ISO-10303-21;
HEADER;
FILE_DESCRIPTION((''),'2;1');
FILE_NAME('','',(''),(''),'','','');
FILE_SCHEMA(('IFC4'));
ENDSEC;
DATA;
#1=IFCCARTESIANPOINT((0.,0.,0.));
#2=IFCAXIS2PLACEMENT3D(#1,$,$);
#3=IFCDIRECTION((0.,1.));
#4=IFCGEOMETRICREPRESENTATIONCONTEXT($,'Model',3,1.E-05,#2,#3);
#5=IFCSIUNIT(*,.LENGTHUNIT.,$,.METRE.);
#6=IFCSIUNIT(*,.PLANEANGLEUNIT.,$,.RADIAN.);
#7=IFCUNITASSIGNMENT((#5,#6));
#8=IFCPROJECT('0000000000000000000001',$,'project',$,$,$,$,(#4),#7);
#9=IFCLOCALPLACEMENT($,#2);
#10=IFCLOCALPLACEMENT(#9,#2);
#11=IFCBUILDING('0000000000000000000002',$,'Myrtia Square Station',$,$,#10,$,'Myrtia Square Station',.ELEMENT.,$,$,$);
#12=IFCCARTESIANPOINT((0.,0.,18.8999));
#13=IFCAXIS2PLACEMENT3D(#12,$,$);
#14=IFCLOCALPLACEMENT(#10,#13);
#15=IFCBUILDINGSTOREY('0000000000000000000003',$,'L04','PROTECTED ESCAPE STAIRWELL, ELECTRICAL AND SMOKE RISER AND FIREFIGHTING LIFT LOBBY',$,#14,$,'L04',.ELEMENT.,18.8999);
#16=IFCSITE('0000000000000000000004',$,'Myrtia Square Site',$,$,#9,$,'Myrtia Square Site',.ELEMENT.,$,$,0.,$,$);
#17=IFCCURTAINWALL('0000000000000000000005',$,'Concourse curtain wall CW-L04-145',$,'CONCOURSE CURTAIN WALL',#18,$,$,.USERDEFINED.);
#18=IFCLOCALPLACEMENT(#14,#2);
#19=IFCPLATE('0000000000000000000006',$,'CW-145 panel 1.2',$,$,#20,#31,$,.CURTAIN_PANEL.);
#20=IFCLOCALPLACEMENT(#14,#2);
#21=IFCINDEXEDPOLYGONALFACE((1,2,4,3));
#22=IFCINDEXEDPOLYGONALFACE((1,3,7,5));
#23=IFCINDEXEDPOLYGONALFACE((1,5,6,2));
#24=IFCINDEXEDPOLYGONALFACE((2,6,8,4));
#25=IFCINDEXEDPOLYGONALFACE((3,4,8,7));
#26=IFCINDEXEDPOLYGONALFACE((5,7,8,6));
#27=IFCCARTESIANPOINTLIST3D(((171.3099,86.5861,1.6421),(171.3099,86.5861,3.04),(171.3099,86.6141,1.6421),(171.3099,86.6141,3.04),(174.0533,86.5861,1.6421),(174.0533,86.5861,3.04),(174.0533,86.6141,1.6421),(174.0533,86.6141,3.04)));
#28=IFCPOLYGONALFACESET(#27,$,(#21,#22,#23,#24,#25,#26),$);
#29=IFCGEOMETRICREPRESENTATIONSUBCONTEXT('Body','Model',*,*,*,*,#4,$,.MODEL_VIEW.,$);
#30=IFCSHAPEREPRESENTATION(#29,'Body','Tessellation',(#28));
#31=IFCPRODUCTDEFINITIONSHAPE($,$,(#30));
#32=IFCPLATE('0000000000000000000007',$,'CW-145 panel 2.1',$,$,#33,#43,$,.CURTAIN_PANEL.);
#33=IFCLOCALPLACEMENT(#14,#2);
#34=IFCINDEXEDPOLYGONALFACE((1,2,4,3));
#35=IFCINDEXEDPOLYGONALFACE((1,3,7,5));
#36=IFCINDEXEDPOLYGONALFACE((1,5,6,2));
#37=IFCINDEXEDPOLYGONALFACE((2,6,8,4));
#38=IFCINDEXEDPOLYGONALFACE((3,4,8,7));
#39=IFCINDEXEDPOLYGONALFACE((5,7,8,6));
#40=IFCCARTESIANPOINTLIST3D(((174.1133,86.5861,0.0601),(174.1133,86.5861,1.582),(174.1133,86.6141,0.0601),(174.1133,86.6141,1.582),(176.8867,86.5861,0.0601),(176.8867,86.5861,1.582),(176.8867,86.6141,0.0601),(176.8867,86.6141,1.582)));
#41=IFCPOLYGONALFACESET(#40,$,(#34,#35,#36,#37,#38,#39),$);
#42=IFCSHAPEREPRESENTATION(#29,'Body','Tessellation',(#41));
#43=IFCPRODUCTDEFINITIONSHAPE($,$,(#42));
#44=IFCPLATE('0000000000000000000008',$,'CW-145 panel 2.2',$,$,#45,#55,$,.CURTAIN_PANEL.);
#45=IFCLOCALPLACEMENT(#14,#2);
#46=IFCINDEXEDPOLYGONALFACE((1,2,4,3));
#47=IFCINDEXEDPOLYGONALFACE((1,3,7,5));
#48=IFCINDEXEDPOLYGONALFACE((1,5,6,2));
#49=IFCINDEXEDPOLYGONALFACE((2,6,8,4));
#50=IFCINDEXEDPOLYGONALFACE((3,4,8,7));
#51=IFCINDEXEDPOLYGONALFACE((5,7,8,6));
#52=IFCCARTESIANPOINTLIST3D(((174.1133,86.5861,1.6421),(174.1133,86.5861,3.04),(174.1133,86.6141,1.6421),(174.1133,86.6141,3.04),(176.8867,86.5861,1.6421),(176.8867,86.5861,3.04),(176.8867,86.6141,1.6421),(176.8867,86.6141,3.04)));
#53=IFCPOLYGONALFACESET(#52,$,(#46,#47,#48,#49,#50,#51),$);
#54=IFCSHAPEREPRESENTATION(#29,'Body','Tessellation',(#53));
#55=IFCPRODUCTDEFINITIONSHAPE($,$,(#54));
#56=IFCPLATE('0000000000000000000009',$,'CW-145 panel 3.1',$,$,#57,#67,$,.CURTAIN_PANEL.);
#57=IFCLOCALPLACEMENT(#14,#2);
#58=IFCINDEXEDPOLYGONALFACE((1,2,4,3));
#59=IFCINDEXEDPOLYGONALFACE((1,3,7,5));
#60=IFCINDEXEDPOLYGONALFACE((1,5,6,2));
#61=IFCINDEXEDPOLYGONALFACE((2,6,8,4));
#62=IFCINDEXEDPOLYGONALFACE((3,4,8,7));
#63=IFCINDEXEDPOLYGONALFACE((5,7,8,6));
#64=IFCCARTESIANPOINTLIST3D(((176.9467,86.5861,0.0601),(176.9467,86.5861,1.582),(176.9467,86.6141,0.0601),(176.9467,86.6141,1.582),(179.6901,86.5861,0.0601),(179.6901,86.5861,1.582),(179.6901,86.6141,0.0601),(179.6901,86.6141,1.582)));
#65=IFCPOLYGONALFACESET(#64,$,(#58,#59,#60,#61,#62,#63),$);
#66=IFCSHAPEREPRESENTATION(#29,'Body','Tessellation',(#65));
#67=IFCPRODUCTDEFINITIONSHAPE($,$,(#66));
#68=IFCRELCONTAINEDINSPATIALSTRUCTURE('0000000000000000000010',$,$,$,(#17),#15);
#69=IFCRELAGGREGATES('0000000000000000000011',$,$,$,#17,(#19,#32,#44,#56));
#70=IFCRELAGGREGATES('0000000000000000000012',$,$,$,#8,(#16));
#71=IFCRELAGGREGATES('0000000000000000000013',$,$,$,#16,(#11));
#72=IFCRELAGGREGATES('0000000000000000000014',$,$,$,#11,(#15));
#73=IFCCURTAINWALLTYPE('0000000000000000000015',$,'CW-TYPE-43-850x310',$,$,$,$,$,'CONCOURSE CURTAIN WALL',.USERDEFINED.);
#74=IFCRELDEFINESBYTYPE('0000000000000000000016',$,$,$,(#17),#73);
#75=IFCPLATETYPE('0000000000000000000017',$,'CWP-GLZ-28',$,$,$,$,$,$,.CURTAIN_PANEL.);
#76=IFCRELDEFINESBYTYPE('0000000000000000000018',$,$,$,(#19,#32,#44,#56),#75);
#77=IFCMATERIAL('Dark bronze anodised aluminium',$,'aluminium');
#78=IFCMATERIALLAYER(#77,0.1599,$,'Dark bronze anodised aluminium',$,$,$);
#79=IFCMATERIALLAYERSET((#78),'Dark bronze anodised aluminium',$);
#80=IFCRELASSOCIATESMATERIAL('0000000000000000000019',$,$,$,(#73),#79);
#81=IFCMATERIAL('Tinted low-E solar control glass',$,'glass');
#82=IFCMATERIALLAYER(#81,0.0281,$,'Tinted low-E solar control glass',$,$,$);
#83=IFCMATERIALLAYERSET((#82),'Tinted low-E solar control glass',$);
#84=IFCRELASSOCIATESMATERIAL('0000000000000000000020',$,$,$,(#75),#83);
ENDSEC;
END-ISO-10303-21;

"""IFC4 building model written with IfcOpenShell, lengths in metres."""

from ifc_helpers import new_model, si_unit, direction, frame, origin, origin_2d, place, context, subcontext, project, spatial, rectangle, extrude, material, layer, layer_set, type_object, element, aggregate, save


model = new_model("IFC4")

# Units and contexts
model_context = context("Model", 3, precision=1e-05, world=origin(), true_north=direction((0.0, 1.0)))
body_context = subcontext(model_context, "Body", "Model", "MODEL_VIEW")
ifc_project = project(units=[si_unit("LENGTHUNIT", "METRE"), si_unit("PLANEANGLEUNIT", "RADIAN")], contexts=[model_context])

# Site, building, storey
site_placement = place(None, origin())
site = spatial("IfcSite", under=ifc_project, at=site_placement, Name="Myrtia Square Site", LongName="Myrtia Square Site", CompositionType="ELEMENT", RefElevation=0.0)
building_placement = place(site_placement, origin())
building = spatial("IfcBuilding", under=site, at=building_placement, Name="Myrtia Square Station", LongName="Myrtia Square Station", CompositionType="ELEMENT")
storey_placement = place(building_placement, frame((0.0, 0.0, 18.8999)))
storey = spatial("IfcBuildingStorey", under=building, at=storey_placement, Name="L04", Description="PROTECTED ESCAPE STAIRWELL, ELECTRICAL AND SMOKE RISER AND FIREFIGHTING LIFT LOBBY", LongName="L04", CompositionType="ELEMENT", Elevation=18.8999)

# Shared definitions
ifc_material_1 = material(Name="Dark bronze anodised aluminium", Category="aluminium")
ifc_layer_1 = layer(ifc_material_1, 0.1599, Name="Dark bronze anodised aluminium")
ifc_layer_set_1 = layer_set([ifc_layer_1], Name="Dark bronze anodised aluminium")
curtain_wall_type = type_object("IfcCurtainWallType", Name="CW-TYPE-43-850x310", ElementType="CONCOURSE CURTAIN WALL", PredefinedType="USERDEFINED", material=ifc_layer_set_1)

# Curtain wall, plates
curtain_wall_1_placement = place(storey_placement, origin())
curtain_wall_1 = element("IfcCurtainWall", 1, at=curtain_wall_1_placement, inside=storey, type_object=curtain_wall_type, Name="Concourse curtain wall CW-L04-145", ObjectType="CONCOURSE CURTAIN WALL", PredefinedType="USERDEFINED")
ifc_material_2 = material(Name="Tinted low-E solar control glass", Category="glass")
ifc_layer_2 = layer(ifc_material_2, 0.0281, Name="Tinted low-E solar control glass")
ifc_layer_set_2 = layer_set([ifc_layer_2], Name="Tinted low-E solar control glass")
plate_type = type_object("IfcPlateType", Name="CWP-GLZ-28", PredefinedType="CURTAIN_PANEL", material=ifc_layer_set_2)
plate_1_placement = place(storey_placement, frame((172.6816, 86.6001, 1.6421), z_axis=(0.0, 0.0, 1.0), x_axis=(1.0, 0.0, 0.0)))
plate_1 = element("IfcPlate", 2, at=plate_1_placement, type_object=plate_type, Name="CW-145 panel 1.2", PredefinedType="CURTAIN_PANEL", context=body_context, shape_type="SweptSolid", body=[
    extrude(rectangle(XDim=2.7434, YDim=0.0281, at=origin_2d()), origin(), (0.0, 0.0, 1.0), 1.3979),
])
plate_2_placement = place(storey_placement, frame((175.5, 86.6001, 0.0601), z_axis=(0.0, 0.0, 1.0), x_axis=(1.0, 0.0, 0.0)))
plate_2 = element("IfcPlate", 3, at=plate_2_placement, type_object=plate_type, Name="CW-145 panel 2.1", PredefinedType="CURTAIN_PANEL", context=body_context, shape_type="SweptSolid", body=[
    extrude(rectangle(XDim=2.7734, YDim=0.0281, at=origin_2d()), origin(), (0.0, 0.0, 1.0), 1.522),
])
plate_3_placement = place(storey_placement, frame((175.5, 86.6001, 1.6421), z_axis=(0.0, 0.0, 1.0), x_axis=(1.0, 0.0, 0.0)))
plate_3 = element("IfcPlate", 4, at=plate_3_placement, type_object=plate_type, Name="CW-145 panel 2.2", PredefinedType="CURTAIN_PANEL", context=body_context, shape_type="SweptSolid", body=[
    extrude(rectangle(XDim=2.7734, YDim=0.0281, at=origin_2d()), origin(), (0.0, 0.0, 1.0), 1.3979),
])
plate_4_placement = place(storey_placement, frame((178.3184, 86.6001, 0.0601), z_axis=(0.0, 0.0, 1.0), x_axis=(1.0, 0.0, 0.0)))
plate_4 = element("IfcPlate", 5, at=plate_4_placement, type_object=plate_type, Name="CW-145 panel 3.1", PredefinedType="CURTAIN_PANEL", context=body_context, shape_type="SweptSolid", body=[
    extrude(rectangle(XDim=2.7434, YDim=0.0281, at=origin_2d()), origin(), (0.0, 0.0, 1.0), 1.522),
])
aggregate(curtain_wall_1, [plate_1, plate_2, plate_3, plate_4])

save(model, "model.ifc")
